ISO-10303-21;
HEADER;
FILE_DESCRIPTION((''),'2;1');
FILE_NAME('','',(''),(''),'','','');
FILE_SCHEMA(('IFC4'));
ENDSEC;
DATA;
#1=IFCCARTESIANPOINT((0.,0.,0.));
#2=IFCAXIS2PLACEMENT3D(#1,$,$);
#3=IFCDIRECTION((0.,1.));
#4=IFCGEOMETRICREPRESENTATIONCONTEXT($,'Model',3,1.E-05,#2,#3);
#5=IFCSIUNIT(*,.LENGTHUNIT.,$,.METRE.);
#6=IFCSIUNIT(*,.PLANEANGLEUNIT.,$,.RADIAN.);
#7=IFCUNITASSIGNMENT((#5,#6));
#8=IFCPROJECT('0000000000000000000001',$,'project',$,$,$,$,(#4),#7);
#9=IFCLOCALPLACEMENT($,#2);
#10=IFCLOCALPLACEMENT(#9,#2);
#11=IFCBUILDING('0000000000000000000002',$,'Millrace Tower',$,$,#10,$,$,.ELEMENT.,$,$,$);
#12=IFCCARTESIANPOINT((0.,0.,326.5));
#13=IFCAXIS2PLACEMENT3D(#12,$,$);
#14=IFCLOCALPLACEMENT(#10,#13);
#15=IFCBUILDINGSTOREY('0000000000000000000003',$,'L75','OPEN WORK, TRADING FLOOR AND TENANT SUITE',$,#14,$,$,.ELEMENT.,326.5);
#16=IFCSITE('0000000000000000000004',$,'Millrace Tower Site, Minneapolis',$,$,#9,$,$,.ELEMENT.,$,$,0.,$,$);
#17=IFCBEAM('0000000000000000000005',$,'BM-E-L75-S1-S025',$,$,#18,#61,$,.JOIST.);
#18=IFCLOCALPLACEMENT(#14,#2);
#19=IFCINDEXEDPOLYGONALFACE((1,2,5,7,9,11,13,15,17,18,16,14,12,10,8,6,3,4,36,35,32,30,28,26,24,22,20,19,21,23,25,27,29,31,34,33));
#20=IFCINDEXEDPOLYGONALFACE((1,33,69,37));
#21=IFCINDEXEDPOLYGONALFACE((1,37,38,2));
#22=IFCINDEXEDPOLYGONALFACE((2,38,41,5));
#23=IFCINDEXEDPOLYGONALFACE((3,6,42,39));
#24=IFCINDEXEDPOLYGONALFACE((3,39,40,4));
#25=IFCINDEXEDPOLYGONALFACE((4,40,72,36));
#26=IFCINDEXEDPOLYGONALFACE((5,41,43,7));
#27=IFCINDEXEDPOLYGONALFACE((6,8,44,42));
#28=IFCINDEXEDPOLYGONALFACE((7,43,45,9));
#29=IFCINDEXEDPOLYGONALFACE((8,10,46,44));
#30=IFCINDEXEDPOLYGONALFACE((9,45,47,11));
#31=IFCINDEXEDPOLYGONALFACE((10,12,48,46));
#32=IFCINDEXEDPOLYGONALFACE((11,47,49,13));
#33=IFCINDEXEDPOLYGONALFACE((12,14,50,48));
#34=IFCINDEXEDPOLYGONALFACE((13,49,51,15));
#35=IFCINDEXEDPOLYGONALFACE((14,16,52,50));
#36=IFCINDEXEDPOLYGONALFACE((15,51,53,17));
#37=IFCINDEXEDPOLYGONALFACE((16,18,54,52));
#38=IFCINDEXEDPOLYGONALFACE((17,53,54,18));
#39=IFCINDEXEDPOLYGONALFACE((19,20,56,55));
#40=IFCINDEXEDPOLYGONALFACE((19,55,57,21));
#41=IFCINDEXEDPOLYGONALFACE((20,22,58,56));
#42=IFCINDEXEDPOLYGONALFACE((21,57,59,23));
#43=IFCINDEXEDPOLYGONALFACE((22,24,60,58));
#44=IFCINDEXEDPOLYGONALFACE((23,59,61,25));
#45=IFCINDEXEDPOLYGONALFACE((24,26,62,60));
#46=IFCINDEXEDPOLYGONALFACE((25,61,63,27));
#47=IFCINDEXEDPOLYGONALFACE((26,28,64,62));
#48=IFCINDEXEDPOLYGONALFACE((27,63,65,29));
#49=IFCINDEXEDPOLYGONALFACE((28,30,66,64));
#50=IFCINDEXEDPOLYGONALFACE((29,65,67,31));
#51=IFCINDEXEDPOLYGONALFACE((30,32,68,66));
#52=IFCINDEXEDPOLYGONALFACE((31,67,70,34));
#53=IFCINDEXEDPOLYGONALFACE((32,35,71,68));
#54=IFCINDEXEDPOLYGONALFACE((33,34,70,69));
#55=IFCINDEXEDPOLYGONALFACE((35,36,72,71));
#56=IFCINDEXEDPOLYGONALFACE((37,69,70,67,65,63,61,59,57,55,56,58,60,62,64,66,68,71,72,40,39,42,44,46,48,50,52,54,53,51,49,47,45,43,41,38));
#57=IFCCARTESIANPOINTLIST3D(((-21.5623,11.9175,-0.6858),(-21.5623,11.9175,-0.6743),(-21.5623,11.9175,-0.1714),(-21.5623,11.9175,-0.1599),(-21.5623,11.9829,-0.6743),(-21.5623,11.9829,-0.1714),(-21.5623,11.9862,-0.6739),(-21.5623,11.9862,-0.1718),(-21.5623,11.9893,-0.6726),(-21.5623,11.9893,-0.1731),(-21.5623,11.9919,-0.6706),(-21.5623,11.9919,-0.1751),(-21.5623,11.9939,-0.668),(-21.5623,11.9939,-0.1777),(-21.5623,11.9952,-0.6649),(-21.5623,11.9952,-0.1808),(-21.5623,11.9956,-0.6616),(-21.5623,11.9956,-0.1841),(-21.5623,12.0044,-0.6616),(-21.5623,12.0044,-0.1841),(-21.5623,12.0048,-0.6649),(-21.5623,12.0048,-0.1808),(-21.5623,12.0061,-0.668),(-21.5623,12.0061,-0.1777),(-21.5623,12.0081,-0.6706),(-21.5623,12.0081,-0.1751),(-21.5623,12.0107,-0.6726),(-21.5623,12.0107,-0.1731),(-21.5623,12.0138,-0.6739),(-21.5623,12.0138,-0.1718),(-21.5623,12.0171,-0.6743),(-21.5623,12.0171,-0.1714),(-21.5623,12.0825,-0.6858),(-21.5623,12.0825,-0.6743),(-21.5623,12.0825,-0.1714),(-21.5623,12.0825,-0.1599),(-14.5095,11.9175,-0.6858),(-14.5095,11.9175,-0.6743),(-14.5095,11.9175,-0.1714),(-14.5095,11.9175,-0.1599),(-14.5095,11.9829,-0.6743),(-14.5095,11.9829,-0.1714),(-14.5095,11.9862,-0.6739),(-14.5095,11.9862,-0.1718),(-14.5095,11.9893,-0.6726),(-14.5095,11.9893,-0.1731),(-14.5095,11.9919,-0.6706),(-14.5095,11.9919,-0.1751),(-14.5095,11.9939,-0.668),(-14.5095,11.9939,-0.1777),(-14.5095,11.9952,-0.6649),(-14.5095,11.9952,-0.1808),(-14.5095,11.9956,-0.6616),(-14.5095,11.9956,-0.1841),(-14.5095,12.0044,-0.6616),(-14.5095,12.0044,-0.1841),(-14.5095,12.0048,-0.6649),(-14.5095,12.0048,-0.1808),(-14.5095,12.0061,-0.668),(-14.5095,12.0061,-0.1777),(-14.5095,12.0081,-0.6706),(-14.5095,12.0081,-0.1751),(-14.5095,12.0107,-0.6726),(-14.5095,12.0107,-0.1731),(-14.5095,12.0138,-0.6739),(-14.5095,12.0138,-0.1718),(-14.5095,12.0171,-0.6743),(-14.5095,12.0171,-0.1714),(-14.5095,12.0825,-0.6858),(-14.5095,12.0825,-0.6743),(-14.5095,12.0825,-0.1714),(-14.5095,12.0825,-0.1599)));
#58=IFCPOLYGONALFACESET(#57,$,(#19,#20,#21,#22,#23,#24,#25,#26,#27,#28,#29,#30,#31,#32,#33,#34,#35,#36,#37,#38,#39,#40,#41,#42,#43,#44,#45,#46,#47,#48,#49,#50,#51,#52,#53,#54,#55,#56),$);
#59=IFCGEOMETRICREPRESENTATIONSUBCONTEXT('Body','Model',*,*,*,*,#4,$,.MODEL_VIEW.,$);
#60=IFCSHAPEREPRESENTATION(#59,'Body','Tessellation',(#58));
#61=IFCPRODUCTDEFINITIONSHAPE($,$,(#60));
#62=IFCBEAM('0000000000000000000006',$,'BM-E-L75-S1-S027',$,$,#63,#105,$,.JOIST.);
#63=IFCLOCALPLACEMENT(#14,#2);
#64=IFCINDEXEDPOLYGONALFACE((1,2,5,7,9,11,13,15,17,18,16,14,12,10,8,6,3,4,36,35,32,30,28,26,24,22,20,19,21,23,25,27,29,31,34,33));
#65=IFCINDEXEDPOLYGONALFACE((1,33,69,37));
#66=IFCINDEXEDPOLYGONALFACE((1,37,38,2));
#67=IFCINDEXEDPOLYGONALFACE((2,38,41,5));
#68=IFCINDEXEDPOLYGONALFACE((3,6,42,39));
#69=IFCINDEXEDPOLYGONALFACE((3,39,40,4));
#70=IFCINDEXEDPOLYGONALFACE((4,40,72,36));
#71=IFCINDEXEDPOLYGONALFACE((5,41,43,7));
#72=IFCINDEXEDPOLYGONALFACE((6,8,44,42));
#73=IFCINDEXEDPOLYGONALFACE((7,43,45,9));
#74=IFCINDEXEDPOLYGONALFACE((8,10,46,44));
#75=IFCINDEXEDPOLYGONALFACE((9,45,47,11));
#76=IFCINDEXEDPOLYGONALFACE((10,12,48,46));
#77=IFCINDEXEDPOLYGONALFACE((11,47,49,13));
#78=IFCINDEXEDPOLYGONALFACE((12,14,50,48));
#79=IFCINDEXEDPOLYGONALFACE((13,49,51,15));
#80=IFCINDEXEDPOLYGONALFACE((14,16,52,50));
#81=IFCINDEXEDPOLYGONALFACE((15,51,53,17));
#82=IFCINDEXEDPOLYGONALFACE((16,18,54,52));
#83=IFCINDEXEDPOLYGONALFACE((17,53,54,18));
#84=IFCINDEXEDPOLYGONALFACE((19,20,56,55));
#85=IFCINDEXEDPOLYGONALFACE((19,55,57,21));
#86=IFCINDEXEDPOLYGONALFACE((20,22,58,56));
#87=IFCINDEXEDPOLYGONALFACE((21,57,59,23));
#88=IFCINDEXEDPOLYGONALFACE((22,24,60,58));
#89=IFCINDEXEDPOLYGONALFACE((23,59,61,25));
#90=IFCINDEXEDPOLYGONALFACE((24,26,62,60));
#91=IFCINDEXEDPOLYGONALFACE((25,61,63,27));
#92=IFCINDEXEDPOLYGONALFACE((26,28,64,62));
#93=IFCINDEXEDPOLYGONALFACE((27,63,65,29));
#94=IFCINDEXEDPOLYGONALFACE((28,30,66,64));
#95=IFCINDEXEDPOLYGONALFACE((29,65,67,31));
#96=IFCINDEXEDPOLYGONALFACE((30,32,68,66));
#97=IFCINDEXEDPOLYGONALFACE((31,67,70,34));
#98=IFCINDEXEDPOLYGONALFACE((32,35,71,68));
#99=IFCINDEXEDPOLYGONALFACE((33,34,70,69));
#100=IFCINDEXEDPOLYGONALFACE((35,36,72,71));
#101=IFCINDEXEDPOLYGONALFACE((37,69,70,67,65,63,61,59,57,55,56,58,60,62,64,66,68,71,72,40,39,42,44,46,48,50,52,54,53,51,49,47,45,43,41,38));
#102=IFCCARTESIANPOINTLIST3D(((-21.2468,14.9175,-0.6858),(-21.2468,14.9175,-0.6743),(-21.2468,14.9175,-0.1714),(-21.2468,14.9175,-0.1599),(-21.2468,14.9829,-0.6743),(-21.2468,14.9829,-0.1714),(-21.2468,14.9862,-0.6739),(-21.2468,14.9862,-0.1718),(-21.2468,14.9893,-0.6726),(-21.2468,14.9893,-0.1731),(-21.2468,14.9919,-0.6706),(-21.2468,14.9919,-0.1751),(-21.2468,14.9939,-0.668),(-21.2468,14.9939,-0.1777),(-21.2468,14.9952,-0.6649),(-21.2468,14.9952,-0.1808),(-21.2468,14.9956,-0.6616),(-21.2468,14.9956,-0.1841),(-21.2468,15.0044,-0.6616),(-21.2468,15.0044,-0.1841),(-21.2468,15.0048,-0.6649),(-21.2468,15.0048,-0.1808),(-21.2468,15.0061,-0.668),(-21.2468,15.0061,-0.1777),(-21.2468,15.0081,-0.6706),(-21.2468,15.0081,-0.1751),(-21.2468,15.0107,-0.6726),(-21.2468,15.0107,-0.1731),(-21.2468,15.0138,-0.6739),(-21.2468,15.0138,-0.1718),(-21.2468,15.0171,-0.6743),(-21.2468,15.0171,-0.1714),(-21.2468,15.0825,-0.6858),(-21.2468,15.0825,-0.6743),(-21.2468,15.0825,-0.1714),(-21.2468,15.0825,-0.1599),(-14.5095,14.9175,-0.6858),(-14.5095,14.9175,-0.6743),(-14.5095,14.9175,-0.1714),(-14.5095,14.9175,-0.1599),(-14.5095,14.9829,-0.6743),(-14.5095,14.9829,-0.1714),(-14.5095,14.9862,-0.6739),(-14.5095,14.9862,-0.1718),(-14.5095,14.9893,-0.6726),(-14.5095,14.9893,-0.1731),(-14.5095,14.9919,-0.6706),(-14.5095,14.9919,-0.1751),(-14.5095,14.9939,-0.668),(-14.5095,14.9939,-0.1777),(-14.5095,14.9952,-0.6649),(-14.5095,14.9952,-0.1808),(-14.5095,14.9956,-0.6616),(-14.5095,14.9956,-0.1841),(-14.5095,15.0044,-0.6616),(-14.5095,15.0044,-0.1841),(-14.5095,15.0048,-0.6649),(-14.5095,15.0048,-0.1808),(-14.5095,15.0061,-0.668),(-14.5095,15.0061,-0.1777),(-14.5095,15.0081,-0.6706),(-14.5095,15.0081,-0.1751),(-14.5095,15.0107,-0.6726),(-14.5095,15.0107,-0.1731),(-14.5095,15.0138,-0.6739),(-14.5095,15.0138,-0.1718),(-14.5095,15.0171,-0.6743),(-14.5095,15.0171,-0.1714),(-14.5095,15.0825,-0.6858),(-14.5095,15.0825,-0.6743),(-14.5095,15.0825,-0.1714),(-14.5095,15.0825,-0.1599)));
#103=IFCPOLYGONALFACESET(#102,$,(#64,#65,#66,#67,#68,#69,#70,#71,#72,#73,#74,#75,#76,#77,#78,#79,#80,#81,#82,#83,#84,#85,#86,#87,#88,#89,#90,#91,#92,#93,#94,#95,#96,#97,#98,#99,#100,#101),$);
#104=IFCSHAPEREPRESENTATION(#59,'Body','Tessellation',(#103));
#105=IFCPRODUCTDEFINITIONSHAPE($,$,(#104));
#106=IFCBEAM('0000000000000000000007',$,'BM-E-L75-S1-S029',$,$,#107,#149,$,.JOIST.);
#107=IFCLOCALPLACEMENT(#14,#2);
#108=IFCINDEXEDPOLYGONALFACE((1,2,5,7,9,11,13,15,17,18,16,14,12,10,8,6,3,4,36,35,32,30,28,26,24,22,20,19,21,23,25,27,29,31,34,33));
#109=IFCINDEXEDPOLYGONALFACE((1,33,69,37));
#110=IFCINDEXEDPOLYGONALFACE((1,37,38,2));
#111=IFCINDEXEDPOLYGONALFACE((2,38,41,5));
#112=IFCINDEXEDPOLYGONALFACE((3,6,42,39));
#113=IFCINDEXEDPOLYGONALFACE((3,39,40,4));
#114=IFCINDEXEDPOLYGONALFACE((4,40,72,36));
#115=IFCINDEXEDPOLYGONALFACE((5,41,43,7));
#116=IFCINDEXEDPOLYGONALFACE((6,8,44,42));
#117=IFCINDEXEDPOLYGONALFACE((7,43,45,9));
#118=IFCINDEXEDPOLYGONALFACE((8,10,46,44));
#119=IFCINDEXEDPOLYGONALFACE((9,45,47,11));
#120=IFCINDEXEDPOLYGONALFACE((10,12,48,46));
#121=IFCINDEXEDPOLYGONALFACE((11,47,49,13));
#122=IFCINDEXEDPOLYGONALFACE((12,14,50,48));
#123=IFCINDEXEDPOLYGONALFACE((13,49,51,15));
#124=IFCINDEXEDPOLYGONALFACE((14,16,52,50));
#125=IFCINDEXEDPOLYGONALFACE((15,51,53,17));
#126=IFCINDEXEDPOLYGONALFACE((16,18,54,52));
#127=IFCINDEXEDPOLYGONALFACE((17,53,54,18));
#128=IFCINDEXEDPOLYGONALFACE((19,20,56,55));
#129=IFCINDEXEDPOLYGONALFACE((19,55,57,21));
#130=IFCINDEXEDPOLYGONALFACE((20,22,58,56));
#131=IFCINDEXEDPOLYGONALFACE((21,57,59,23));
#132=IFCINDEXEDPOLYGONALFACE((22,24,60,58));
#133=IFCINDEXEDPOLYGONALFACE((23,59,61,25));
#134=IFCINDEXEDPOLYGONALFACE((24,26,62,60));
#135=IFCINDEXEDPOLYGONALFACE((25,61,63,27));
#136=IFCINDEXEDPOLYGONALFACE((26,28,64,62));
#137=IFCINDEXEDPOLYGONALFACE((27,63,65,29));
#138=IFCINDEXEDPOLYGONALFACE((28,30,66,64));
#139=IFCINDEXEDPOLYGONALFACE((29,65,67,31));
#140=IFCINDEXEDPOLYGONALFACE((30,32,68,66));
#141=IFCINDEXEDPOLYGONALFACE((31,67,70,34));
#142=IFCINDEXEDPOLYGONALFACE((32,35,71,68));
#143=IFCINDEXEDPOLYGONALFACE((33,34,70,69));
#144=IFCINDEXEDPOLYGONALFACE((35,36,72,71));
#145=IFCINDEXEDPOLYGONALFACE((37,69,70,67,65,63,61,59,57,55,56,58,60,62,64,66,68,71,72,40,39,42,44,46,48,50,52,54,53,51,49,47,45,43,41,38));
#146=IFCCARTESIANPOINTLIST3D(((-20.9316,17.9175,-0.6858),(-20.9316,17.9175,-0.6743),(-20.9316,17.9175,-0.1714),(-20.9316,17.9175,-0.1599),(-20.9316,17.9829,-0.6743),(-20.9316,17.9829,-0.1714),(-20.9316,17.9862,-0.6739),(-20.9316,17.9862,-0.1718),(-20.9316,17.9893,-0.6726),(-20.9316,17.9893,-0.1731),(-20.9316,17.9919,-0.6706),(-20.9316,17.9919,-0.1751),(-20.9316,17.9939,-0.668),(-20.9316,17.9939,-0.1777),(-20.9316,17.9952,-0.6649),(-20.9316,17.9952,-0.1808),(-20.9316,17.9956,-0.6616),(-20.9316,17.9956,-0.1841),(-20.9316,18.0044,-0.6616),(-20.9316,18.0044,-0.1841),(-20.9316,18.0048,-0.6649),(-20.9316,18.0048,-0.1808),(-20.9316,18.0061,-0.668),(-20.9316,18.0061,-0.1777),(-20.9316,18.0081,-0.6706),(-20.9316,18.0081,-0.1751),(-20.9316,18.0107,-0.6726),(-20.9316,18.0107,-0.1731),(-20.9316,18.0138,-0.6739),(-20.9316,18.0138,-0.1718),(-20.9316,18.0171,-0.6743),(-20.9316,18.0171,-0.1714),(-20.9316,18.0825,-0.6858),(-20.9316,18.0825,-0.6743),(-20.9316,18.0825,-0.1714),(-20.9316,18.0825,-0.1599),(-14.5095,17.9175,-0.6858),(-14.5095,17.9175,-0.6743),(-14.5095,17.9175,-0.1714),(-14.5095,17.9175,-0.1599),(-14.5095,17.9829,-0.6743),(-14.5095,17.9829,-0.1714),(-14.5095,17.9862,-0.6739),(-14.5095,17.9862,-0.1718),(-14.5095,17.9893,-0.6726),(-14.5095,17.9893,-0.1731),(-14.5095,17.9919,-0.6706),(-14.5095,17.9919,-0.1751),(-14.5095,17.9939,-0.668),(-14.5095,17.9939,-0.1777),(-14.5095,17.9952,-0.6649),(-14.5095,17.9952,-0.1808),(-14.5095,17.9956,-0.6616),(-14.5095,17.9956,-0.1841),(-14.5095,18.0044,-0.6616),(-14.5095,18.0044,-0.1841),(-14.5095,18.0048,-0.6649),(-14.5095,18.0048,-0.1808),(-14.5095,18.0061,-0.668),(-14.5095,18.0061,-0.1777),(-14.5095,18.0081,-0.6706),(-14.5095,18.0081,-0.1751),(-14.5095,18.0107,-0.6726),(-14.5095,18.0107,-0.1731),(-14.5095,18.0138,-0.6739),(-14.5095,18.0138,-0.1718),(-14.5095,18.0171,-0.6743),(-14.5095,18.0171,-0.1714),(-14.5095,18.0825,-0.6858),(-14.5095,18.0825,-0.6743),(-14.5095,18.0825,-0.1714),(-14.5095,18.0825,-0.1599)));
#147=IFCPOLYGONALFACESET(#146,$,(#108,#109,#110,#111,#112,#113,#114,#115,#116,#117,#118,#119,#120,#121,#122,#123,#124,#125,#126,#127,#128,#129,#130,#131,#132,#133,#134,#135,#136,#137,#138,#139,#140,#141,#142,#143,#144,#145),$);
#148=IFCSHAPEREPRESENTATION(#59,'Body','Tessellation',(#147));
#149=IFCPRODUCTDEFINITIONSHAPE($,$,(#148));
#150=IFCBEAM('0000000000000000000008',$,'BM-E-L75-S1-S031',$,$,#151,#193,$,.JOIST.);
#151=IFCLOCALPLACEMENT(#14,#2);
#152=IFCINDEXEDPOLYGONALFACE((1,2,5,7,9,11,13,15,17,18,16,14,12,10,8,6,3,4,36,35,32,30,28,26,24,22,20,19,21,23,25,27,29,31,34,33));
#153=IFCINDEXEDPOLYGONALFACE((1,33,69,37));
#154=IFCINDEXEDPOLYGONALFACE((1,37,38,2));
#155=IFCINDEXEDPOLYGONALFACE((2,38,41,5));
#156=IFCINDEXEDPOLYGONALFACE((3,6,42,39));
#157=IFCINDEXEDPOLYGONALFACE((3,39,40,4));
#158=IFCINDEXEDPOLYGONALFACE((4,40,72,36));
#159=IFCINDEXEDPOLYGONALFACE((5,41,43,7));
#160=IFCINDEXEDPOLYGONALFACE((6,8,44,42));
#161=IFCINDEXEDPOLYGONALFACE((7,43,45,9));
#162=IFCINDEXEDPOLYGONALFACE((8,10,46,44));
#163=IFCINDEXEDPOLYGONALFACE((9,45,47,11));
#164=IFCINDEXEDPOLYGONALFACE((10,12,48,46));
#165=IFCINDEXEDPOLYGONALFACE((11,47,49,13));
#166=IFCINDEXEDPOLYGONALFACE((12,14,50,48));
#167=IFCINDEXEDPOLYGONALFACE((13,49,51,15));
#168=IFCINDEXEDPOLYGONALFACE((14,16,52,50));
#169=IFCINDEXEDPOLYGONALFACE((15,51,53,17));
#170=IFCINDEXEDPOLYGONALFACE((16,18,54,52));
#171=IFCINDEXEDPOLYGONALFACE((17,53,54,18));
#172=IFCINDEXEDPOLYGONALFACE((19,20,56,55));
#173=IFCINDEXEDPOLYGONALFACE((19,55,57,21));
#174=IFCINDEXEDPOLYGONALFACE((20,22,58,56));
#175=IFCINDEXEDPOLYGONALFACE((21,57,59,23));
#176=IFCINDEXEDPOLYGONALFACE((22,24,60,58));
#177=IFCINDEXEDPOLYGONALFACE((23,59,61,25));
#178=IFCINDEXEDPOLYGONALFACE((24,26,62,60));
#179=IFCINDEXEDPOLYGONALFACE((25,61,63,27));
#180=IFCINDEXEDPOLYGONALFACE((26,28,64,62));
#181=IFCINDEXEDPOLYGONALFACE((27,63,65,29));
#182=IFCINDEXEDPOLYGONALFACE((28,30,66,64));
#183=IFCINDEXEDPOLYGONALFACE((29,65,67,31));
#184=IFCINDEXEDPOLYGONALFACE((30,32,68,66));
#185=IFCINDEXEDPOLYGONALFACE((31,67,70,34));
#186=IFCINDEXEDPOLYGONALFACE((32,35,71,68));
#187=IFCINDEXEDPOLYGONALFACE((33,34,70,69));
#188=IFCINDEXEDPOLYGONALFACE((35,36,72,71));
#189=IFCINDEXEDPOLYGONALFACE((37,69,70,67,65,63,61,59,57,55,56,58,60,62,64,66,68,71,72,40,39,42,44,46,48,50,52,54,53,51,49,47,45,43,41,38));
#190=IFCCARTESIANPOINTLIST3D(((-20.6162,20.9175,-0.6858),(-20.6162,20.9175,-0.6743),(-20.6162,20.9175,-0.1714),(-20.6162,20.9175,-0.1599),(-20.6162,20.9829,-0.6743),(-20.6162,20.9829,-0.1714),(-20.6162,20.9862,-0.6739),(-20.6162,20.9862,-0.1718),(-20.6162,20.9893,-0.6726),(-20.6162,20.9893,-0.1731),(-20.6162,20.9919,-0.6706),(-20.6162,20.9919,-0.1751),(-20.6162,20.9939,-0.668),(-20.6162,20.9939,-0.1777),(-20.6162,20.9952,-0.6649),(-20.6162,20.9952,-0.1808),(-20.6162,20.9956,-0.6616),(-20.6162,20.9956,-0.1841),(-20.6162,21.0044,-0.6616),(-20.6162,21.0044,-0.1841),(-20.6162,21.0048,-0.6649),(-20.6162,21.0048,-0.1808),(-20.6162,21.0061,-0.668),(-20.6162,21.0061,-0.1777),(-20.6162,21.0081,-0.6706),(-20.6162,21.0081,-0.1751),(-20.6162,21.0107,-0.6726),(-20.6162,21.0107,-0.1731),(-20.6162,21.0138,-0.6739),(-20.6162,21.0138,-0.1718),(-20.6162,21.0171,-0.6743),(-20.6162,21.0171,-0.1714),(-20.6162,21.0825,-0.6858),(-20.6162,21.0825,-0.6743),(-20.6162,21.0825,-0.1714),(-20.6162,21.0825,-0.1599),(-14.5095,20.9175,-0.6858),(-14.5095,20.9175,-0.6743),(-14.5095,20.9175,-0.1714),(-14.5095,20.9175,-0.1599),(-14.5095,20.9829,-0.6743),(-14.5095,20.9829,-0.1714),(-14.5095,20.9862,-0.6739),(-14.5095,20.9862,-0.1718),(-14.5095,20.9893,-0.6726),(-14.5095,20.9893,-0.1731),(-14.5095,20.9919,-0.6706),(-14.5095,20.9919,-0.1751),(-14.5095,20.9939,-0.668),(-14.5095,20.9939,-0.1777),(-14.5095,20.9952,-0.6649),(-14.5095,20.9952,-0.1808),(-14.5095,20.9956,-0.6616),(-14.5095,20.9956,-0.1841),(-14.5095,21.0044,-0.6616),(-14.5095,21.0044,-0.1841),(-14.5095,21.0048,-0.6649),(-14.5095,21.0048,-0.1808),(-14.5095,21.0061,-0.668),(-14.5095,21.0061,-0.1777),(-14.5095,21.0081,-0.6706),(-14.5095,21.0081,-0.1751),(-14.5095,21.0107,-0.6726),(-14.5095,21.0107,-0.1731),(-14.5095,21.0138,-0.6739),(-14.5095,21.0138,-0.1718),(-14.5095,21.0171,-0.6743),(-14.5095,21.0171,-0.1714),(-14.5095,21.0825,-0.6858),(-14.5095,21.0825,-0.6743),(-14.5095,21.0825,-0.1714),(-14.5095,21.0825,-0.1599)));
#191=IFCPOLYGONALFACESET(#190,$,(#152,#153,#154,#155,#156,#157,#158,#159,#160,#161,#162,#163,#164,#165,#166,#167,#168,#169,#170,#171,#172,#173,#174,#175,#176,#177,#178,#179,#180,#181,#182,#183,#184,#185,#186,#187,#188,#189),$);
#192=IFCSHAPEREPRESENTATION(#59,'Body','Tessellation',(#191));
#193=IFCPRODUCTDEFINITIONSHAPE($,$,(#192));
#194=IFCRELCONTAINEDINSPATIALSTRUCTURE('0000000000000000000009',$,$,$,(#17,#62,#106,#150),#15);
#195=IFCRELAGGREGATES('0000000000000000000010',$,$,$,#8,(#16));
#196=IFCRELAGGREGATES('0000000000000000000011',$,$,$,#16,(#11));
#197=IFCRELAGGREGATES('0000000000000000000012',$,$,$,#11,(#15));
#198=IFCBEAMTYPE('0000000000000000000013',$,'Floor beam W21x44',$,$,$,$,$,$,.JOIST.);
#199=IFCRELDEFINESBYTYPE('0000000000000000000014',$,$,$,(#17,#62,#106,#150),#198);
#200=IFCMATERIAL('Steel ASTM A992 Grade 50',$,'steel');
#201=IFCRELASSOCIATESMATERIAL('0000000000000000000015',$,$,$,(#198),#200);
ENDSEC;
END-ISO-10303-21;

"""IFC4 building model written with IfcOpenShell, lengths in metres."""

from ifc_helpers import new_model, si_unit, direction, frame, origin, origin_2d, place, context, subcontext, project, spatial, i_section, extrude, material, material_profile, profile_set, type_object, element, save


model = new_model("IFC4")

# Units and contexts
model_context = context("Model", 3, precision=1e-05, world=origin(), true_north=direction((0.0, 1.0)))
body_context = subcontext(model_context, "Body", "Model", "MODEL_VIEW")
ifc_project = project(units=[si_unit("LENGTHUNIT", "METRE"), si_unit("PLANEANGLEUNIT", "RADIAN")], contexts=[model_context])

# Site, building, storey
site_placement = place(None, origin())
site = spatial("IfcSite", under=ifc_project, at=site_placement, Name="Millrace Tower Site, Minneapolis", CompositionType="ELEMENT", RefElevation=0.0)
building_placement = place(site_placement, origin())
building = spatial("IfcBuilding", under=site, at=building_placement, Name="Millrace Tower", CompositionType="ELEMENT")
storey_placement = place(building_placement, frame((0.0, 0.0, 326.5)))
storey = spatial("IfcBuildingStorey", under=building, at=storey_placement, Name="L75", Description="OPEN WORK, TRADING FLOOR AND TENANT SUITE", CompositionType="ELEMENT", Elevation=326.5)

# Beams
ifc_material_1 = material(Name="Steel ASTM A992 Grade 50", Category="steel")
ifc_material_profile_1 = material_profile(ifc_material_1, i_section(OverallWidth=0.165, OverallDepth=0.5259, WebThickness=0.0088, FlangeThickness=0.0115, FilletRadius=0.0127, at=origin_2d()))
ifc_profile_set_1 = profile_set([ifc_material_profile_1], Name="Steel ASTM A992 Grade 50")
beam_type_1 = type_object("IfcBeamType", Name="Floor beam W21x44", PredefinedType="JOIST", material=ifc_profile_set_1)
beam_1_placement = place(storey_placement, frame((-21.5623, 12.0, -0.4229), z_axis=(1.0, 0.0, 0.0), x_axis=(0.0, 1.0, 0.0)))
element("IfcBeam", 1, at=beam_1_placement, inside=storey, type_object=beam_type_1, Name="BM-E-L75-S1-S025", PredefinedType="JOIST", context=body_context, shape_type="SweptSolid", body=[
    extrude(i_section(OverallWidth=0.165, OverallDepth=0.5259, WebThickness=0.0088, FlangeThickness=0.0115, FilletRadius=0.0127, at=origin_2d()), origin(), (0.0, 0.0, 1.0), 7.0527),
])
beam_2_placement = place(storey_placement, frame((-21.2468, 15.0, -0.4229), z_axis=(1.0, 0.0, 0.0), x_axis=(0.0, 1.0, 0.0)))
element("IfcBeam", 2, at=beam_2_placement, inside=storey, type_object=beam_type_1, Name="BM-E-L75-S1-S027", PredefinedType="JOIST", context=body_context, shape_type="SweptSolid", body=[
    extrude(i_section(OverallWidth=0.165, OverallDepth=0.5259, WebThickness=0.0088, FlangeThickness=0.0115, FilletRadius=0.0127, at=origin_2d()), origin(), (0.0, 0.0, 1.0), 6.7373),
])
beam_3_placement = place(storey_placement, frame((-20.9316, 18.0, -0.4229), z_axis=(1.0, 0.0, 0.0), x_axis=(0.0, 1.0, 0.0)))
element("IfcBeam", 3, at=beam_3_placement, inside=storey, type_object=beam_type_1, Name="BM-E-L75-S1-S029", PredefinedType="JOIST", context=body_context, shape_type="SweptSolid", body=[
    extrude(i_section(OverallWidth=0.165, OverallDepth=0.5259, WebThickness=0.0088, FlangeThickness=0.0115, FilletRadius=0.0127, at=origin_2d()), origin(), (0.0, 0.0, 1.0), 6.4221),
])
beam_4_placement = place(storey_placement, frame((-20.6162, 21.0, -0.4229), z_axis=(1.0, 0.0, 0.0), x_axis=(0.0, 1.0, 0.0)))
element("IfcBeam", 4, at=beam_4_placement, inside=storey, type_object=beam_type_1, Name="BM-E-L75-S1-S031", PredefinedType="JOIST", context=body_context, shape_type="SweptSolid", body=[
    extrude(i_section(OverallWidth=0.165, OverallDepth=0.5259, WebThickness=0.0088, FlangeThickness=0.0115, FilletRadius=0.0127, at=origin_2d()), origin(), (0.0, 0.0, 1.0), 6.1067),
])

save(model, "model.ifc")
